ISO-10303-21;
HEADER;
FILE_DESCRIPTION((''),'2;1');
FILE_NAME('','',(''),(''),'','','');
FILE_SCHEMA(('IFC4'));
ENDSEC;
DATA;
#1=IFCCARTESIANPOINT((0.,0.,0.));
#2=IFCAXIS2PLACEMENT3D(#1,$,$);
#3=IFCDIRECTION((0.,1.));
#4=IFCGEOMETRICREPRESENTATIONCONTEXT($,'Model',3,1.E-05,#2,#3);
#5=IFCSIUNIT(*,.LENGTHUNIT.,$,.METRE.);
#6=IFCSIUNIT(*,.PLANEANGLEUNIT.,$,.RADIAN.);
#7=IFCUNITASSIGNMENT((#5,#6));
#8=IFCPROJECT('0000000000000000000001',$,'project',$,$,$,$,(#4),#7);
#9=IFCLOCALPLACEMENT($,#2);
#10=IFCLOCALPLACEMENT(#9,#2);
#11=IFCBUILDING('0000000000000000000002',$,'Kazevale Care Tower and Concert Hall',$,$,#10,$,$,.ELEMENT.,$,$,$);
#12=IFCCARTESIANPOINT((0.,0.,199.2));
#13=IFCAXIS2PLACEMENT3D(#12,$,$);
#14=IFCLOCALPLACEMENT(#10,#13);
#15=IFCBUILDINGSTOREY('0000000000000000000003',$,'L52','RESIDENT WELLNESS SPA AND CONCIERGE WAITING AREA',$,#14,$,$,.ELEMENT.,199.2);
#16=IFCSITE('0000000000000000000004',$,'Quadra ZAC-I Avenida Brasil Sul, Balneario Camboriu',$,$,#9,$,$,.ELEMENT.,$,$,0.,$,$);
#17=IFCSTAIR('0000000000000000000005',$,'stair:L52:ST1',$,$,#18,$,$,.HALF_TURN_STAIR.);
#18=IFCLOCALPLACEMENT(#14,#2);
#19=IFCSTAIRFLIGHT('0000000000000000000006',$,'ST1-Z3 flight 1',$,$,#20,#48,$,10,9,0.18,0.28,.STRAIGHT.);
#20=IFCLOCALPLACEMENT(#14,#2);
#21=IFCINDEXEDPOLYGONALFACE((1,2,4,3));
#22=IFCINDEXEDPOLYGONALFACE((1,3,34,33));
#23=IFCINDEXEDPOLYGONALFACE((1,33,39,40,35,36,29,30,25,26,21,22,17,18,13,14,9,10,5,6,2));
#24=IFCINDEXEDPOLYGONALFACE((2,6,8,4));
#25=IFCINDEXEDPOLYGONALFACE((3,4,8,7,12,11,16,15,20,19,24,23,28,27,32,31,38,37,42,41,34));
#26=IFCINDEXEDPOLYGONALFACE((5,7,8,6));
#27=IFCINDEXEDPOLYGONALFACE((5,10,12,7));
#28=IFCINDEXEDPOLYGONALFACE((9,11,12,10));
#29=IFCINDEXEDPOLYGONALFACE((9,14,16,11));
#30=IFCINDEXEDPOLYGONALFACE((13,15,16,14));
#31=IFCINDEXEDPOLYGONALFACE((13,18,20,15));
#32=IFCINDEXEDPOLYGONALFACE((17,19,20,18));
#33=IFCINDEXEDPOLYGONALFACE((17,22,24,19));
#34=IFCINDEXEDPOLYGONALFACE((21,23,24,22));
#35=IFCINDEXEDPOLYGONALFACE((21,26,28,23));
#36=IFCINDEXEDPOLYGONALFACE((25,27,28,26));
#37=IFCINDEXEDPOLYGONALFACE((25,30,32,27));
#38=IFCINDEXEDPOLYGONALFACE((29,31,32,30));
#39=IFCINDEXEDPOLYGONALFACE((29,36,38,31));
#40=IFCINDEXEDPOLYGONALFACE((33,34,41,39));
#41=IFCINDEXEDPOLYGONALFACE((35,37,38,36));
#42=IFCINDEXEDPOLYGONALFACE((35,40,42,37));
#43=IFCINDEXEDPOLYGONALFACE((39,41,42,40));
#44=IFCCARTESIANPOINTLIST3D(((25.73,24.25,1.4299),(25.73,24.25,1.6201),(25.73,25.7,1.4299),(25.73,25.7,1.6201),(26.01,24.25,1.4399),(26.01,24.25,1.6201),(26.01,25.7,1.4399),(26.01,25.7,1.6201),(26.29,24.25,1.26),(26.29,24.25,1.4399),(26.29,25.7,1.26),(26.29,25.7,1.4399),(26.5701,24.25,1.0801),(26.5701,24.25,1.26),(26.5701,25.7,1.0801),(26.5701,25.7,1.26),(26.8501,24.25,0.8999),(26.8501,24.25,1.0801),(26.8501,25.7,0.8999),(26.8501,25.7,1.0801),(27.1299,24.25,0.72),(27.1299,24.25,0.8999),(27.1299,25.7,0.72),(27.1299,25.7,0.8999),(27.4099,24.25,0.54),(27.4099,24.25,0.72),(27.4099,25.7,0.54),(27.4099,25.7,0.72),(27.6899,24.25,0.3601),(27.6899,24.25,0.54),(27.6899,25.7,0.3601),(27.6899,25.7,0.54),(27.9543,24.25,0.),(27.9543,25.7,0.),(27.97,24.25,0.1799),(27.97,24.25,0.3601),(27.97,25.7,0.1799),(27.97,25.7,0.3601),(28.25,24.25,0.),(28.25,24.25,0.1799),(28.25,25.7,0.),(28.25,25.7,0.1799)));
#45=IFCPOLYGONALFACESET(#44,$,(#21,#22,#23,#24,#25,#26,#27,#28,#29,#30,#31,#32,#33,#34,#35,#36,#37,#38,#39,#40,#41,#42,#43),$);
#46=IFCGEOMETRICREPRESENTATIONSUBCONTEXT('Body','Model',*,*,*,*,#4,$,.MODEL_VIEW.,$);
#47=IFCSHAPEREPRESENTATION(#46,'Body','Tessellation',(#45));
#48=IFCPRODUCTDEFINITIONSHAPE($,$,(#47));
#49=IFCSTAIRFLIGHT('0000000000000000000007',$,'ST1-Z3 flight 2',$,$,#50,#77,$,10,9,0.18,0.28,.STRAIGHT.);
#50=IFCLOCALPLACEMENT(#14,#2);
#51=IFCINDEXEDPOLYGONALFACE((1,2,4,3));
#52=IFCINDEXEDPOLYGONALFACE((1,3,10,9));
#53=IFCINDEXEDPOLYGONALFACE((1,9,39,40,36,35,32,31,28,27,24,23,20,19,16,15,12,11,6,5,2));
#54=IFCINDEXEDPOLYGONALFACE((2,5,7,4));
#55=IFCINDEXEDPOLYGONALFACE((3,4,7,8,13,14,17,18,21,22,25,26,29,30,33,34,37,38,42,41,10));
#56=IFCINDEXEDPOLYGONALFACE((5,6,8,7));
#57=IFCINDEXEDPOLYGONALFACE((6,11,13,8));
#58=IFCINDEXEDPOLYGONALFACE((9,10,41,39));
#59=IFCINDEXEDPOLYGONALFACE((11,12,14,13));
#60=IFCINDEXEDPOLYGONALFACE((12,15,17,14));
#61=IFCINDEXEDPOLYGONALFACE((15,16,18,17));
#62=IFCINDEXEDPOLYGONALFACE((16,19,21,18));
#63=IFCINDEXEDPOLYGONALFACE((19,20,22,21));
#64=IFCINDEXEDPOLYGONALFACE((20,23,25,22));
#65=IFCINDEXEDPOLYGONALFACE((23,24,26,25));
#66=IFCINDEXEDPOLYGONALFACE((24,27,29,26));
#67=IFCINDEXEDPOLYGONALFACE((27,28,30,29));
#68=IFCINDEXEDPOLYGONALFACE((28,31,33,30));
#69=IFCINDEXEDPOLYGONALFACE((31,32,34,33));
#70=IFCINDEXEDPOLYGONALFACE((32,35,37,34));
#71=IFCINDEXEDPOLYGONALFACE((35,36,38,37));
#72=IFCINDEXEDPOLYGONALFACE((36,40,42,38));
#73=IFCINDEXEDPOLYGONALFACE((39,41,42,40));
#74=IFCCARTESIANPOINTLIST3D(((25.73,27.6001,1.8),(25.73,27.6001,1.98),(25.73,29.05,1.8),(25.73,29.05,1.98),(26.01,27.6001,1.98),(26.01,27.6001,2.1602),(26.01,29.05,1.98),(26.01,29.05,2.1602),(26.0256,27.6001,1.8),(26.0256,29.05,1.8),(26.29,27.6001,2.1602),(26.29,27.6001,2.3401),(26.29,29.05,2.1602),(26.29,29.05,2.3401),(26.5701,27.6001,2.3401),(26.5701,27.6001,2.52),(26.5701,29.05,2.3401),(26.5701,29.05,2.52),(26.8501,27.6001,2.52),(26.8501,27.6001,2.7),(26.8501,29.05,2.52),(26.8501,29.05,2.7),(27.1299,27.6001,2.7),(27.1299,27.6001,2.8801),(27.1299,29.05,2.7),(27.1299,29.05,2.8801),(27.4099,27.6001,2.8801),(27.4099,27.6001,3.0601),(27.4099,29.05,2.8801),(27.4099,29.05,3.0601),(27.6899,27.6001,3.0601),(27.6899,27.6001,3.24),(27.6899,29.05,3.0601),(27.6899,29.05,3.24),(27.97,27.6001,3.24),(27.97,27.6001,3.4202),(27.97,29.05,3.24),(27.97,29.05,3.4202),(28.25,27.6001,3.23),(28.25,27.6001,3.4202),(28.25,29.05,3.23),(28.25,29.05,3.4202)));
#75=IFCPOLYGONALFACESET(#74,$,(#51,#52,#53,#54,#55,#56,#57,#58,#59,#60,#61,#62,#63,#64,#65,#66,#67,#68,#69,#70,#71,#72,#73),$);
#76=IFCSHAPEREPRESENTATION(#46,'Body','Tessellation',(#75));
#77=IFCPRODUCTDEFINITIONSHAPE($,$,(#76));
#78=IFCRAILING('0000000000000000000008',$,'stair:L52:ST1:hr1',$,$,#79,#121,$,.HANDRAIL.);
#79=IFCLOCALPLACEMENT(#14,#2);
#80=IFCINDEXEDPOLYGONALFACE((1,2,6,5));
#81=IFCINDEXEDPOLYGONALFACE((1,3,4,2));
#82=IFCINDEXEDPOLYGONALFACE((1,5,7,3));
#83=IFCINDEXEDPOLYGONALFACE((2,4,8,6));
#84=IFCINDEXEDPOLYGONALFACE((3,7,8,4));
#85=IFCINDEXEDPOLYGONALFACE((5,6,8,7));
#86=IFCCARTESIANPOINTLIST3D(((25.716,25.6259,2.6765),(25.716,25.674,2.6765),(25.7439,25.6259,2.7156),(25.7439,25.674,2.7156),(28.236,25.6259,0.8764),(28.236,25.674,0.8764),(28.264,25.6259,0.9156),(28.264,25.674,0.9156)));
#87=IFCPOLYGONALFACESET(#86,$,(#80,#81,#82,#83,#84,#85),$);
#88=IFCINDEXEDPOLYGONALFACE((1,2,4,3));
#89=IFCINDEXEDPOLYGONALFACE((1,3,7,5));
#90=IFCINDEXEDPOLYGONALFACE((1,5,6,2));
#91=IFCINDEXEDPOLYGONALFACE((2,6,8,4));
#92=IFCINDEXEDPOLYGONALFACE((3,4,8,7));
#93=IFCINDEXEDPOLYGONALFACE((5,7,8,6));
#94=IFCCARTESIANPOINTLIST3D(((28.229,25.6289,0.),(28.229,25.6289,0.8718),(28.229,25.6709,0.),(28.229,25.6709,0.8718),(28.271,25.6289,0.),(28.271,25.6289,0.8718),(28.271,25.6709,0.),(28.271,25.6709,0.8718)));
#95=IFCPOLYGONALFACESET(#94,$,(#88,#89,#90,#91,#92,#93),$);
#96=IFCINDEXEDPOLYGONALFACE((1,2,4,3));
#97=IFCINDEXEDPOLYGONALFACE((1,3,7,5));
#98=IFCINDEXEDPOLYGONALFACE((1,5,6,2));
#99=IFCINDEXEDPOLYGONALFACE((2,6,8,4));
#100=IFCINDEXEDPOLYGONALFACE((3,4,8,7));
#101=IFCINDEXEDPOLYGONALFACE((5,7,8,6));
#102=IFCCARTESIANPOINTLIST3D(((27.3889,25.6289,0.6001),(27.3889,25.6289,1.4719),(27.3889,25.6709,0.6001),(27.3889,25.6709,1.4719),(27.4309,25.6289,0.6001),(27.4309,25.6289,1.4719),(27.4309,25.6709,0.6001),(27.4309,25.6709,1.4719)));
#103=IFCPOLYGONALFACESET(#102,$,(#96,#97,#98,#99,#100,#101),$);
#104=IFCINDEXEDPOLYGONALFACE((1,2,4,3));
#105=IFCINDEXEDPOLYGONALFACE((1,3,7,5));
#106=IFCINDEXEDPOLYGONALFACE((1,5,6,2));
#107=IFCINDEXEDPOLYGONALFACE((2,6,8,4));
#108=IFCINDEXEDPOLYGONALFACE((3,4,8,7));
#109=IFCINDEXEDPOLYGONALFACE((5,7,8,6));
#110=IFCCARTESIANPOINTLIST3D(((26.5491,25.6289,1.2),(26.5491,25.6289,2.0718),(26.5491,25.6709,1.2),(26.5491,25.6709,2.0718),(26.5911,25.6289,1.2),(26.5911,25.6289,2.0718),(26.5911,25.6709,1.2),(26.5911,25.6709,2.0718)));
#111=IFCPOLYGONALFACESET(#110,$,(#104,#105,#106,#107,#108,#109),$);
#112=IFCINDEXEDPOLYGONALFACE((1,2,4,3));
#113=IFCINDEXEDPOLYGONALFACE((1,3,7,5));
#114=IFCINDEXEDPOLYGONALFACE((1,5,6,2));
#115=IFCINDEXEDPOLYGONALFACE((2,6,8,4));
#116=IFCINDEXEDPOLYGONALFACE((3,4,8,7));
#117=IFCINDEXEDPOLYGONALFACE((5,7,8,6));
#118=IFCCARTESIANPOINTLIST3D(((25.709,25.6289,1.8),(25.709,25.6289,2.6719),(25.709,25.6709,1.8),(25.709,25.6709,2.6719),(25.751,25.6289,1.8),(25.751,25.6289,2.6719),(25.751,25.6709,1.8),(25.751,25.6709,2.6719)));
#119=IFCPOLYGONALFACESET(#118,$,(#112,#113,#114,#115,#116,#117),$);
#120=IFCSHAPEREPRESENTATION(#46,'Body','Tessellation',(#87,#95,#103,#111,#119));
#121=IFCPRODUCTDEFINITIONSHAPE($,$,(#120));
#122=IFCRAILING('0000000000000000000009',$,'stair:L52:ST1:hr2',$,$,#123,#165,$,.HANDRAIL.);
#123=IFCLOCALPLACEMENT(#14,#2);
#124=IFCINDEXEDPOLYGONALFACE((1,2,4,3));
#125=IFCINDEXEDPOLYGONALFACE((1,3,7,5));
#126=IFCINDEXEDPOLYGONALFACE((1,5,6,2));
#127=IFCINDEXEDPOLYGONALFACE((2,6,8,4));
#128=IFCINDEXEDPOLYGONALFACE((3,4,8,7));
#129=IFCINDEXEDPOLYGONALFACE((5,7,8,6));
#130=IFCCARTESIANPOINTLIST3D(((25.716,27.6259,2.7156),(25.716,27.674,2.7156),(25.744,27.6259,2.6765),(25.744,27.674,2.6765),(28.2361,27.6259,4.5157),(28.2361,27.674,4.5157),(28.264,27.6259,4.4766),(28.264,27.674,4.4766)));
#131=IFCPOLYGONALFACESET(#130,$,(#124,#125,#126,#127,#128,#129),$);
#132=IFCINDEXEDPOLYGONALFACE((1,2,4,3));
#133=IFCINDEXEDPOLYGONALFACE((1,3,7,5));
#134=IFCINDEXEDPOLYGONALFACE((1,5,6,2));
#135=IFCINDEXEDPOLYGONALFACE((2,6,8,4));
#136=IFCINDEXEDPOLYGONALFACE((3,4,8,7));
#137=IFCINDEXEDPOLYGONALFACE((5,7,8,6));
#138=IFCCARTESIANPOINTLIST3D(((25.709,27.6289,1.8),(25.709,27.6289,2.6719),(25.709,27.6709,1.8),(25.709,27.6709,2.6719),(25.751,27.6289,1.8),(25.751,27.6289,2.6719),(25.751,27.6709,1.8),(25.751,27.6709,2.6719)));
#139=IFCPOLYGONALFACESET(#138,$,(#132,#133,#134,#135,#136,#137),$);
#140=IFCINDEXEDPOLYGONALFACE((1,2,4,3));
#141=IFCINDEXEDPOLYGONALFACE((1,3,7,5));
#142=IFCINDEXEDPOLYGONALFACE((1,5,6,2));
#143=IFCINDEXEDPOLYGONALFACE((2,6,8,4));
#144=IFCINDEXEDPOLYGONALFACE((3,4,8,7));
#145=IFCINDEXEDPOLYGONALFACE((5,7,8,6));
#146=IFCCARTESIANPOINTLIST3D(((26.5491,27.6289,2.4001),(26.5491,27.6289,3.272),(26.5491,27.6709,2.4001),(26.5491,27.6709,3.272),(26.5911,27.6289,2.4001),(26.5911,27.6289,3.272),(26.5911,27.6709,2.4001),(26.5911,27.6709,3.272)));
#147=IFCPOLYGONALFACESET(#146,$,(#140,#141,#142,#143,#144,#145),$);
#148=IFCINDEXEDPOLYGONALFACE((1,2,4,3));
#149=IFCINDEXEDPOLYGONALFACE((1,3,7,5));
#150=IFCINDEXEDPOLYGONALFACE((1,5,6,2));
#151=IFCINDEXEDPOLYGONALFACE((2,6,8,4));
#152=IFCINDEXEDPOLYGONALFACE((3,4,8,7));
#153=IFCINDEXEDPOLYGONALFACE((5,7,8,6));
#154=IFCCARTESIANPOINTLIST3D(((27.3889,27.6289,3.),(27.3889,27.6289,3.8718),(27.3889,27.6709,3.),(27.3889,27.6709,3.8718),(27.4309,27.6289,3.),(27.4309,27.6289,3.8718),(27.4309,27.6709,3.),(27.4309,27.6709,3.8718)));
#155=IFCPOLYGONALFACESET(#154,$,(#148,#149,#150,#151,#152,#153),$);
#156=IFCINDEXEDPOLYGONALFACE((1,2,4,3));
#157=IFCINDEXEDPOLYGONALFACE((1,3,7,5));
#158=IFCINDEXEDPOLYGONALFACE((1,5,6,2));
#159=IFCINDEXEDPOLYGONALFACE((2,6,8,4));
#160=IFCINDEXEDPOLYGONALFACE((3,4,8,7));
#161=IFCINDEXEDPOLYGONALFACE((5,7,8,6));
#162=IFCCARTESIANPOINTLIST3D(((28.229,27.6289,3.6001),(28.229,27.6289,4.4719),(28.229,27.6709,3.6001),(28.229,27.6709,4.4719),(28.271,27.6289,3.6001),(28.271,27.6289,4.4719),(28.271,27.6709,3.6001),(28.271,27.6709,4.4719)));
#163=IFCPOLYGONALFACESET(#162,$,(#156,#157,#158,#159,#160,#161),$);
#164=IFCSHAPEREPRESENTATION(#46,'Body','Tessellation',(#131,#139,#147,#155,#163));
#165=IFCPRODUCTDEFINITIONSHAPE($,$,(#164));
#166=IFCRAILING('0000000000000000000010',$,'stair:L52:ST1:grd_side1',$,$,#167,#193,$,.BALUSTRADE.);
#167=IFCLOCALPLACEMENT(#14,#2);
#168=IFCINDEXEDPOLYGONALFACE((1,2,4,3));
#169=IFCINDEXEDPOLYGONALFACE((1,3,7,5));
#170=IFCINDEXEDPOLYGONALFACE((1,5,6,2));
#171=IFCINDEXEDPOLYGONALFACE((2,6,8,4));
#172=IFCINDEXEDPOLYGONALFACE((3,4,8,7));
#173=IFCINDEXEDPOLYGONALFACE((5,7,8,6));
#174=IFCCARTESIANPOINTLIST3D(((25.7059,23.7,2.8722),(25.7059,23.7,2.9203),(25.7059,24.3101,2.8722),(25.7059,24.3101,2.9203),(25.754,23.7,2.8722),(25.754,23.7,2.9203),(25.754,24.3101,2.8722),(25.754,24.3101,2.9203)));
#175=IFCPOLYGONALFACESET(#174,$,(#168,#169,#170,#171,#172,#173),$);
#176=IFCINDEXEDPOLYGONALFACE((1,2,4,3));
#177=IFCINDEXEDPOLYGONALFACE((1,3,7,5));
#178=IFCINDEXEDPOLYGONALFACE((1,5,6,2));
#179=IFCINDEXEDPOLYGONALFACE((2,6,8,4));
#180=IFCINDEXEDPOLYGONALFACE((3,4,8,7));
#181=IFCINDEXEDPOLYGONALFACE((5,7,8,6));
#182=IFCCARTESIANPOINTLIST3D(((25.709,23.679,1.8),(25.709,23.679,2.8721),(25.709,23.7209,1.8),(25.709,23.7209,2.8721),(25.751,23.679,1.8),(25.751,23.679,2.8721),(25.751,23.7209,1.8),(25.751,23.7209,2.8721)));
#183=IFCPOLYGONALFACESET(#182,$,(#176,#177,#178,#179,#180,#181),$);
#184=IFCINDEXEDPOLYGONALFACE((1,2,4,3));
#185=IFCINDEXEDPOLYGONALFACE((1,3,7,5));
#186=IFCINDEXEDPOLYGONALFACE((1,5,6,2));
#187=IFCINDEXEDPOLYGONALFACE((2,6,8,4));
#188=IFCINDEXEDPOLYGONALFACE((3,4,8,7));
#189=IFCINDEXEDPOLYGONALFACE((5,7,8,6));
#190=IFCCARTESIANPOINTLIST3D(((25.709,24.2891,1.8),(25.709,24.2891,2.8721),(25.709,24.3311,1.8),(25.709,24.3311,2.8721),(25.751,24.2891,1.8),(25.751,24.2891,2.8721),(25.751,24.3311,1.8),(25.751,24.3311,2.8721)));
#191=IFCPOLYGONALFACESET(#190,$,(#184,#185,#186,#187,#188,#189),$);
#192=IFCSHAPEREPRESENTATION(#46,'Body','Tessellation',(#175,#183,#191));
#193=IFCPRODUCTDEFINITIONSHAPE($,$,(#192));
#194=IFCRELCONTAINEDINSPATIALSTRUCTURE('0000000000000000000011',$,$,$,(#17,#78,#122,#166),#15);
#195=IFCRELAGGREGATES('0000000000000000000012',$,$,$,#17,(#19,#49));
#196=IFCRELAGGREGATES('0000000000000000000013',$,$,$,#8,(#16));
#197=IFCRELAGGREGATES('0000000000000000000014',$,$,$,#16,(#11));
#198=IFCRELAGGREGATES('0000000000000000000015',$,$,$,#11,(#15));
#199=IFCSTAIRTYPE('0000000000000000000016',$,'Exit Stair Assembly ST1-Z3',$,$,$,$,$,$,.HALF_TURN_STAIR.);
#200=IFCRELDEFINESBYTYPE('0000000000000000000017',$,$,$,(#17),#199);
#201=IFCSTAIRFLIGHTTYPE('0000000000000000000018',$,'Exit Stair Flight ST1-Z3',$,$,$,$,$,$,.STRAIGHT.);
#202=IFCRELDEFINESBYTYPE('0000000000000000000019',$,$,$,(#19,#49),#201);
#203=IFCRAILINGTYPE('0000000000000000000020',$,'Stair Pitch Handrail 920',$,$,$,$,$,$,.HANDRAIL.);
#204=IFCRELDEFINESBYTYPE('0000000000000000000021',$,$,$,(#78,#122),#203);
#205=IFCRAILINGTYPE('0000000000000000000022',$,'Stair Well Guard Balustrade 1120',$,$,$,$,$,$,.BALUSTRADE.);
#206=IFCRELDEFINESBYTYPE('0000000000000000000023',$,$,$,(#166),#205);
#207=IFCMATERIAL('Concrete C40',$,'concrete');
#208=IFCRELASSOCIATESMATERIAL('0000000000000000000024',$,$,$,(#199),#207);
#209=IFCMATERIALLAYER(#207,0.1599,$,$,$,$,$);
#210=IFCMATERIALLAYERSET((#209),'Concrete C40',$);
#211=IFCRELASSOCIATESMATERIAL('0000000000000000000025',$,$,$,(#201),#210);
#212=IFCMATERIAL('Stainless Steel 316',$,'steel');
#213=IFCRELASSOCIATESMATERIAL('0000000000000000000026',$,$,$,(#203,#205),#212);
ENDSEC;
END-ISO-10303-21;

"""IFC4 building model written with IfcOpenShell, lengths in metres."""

from ifc_helpers import new_model, si_unit, direction, frame, origin, origin_2d, place, context, subcontext, project, spatial, polyline, rectangle, outline, extrude, material, layer, layer_set, type_object, element, aggregate, save


model = new_model("IFC4")

# Units and contexts
model_context = context("Model", 3, precision=1e-05, world=origin(), true_north=direction((0.0, 1.0)))
body_context = subcontext(model_context, "Body", "Model", "MODEL_VIEW")
ifc_project = project(units=[si_unit("LENGTHUNIT", "METRE"), si_unit("PLANEANGLEUNIT", "RADIAN")], contexts=[model_context])

# Site, building, storey
site_placement = place(None, origin())
site = spatial("IfcSite", under=ifc_project, at=site_placement, Name="Quadra ZAC-I Avenida Brasil Sul, Balneario Camboriu", CompositionType="ELEMENT", RefElevation=0.0)
building_placement = place(site_placement, origin())
building = spatial("IfcBuilding", under=site, at=building_placement, Name="Kazevale Care Tower and Concert Hall", CompositionType="ELEMENT")
storey_placement = place(building_placement, frame((0.0, 0.0, 199.2)))
storey = spatial("IfcBuildingStorey", under=building, at=storey_placement, Name="L52", Description="RESIDENT WELLNESS SPA AND CONCIERGE WAITING AREA", CompositionType="ELEMENT", Elevation=199.2)

# Shared definitions
ifc_material_1 = material(Name="Concrete C40", Category="concrete")
ifc_material_2 = material(Name="Stainless Steel 316", Category="steel")

# Stair, stair flights
stair_type = type_object("IfcStairType", Name="Exit Stair Assembly ST1-Z3", PredefinedType="HALF_TURN_STAIR", material=ifc_material_1)
stair_placement = place(storey_placement, origin())
stair = element("IfcStair", 1, at=stair_placement, inside=storey, type_object=stair_type, Name="stair:L52:ST1", PredefinedType="HALF_TURN_STAIR")
ifc_layer_1 = layer(ifc_material_1, 0.1599)
ifc_layer_set_1 = layer_set([ifc_layer_1], Name="Concrete C40")
stair_flight_type = type_object("IfcStairFlightType", Name="Exit Stair Flight ST1-Z3", PredefinedType="STRAIGHT", material=ifc_layer_set_1)
stair_flight_1_placement = place(storey_placement, frame((28.25, 24.9751, 0.0), z_axis=(0.0, 0.0, 1.0), x_axis=(-1.0, 0.0, 0.0)))
stair_flight_1 = element("IfcStairFlight", 2, at=stair_flight_1_placement, type_object=stair_flight_type, Name="ST1-Z3 flight 1", NumberOfRisers=10, NumberOfTreads=9, PredefinedType="STRAIGHT", RiserHeight=0.18, TreadLength=0.28, context=body_context, shape_type="SweptSolid", body=[
    extrude(outline(polyline([(0.0, 0.0), (0.0, 0.1799), (0.28, 0.1799), (0.28, 0.3601), (0.5601, 0.3601), (0.5601, 0.54), (0.8401, 0.54), (0.8401, 0.72), (1.1201, 0.72), (1.1201, 0.8999), (1.3999, 0.8999), (1.3999, 1.0801), (1.6799, 1.0801), (1.6799, 1.26), (1.96, 1.26), (1.96, 1.4399), (2.24, 1.4399), (2.24, 1.6201), (2.52, 1.6201), (2.52, 1.8), (2.52, 1.4299), (0.2957, 0.0), (0.0, 0.0)])), frame((0.0, 0.7251, 0.0), z_axis=(0.0, -1.0, 0.0), x_axis=(1.0, 0.0, 0.0)), (0.0, 0.0, 1.0), 1.45),
])
stair_flight_2_placement = place(storey_placement, frame((25.73, 28.325, 1.8), z_axis=(0.0, 0.0, 1.0), x_axis=(1.0, 0.0, 0.0)))
stair_flight_2 = element("IfcStairFlight", 3, at=stair_flight_2_placement, type_object=stair_flight_type, Name="ST1-Z3 flight 2", NumberOfRisers=10, NumberOfTreads=9, PredefinedType="STRAIGHT", RiserHeight=0.18, TreadLength=0.28, context=body_context, shape_type="SweptSolid", body=[
    extrude(outline(polyline([(0.0, 0.0), (0.0, 0.1799), (0.28, 0.1799), (0.28, 0.3601), (0.5601, 0.3601), (0.5601, 0.54), (0.8401, 0.54), (0.8401, 0.72), (1.1201, 0.72), (1.1201, 0.8999), (1.3999, 0.8999), (1.3999, 1.0801), (1.6799, 1.0801), (1.6799, 1.26), (1.96, 1.26), (1.96, 1.4399), (2.24, 1.4399), (2.24, 1.6201), (2.52, 1.6201), (2.52, 1.8), (2.52, 1.4299), (0.2957, 0.0), (0.0, 0.0)])), frame((0.0, 0.7251, 0.0), z_axis=(0.0, -1.0, 0.0), x_axis=(1.0, 0.0, 0.0)), (0.0, 0.0, 1.0), 1.45),
])
aggregate(stair, [stair_flight_1, stair_flight_2])

# Railings
railing_type_1 = type_object("IfcRailingType", Name="Stair Pitch Handrail 920", PredefinedType="HANDRAIL", material=ifc_material_2)
railing_1_placement = place(storey_placement, frame((28.25, 25.6499, 0.0)))
element("IfcRailing", 4, at=railing_1_placement, inside=storey, type_object=railing_type_1, Name="stair:L52:ST1:hr1", PredefinedType="HANDRAIL", context=body_context, shape_type="SweptSolid", body=[
    extrude(rectangle(XDim=0.0481, YDim=0.0481, at=origin_2d()), frame((0.0, 0.0, 0.896), z_axis=(-0.813728, 0.0, 0.581246), x_axis=(0.0, -1.0, 0.0)), (0.0, 0.0, 1.0), 3.0969),
    extrude(rectangle(XDim=0.042, YDim=0.042, at=origin_2d()), origin(), (0.0, 0.0, 1.0), 0.8718),
    extrude(rectangle(XDim=0.042, YDim=0.042, at=origin_2d()), frame((-0.8401, 0.0, 0.6001)), (0.0, 0.0, 1.0), 0.8718),
    extrude(rectangle(XDim=0.042, YDim=0.042, at=origin_2d()), frame((-1.6799, 0.0, 1.2)), (0.0, 0.0, 1.0), 0.8718),
    extrude(rectangle(XDim=0.042, YDim=0.042, at=origin_2d()), frame((-2.52, 0.0, 1.8)), (0.0, 0.0, 1.0), 0.8718),
])
railing_2_placement = place(storey_placement, frame((25.73, 27.6499, 1.8)))
element("IfcRailing", 5, at=railing_2_placement, inside=storey, type_object=railing_type_1, Name="stair:L52:ST1:hr2", PredefinedType="HANDRAIL", context=body_context, shape_type="SweptSolid", body=[
    extrude(rectangle(XDim=0.0481, YDim=0.0481, at=origin_2d()), frame((0.0, 0.0, 0.896), z_axis=(0.813728, 0.0, 0.581246), x_axis=(0.0, 1.0, 0.0)), (0.0, 0.0, 1.0), 3.0969),
    extrude(rectangle(XDim=0.042, YDim=0.042, at=origin_2d()), origin(), (0.0, 0.0, 1.0), 0.8718),
    extrude(rectangle(XDim=0.042, YDim=0.042, at=origin_2d()), frame((0.8401, 0.0, 0.6001)), (0.0, 0.0, 1.0), 0.8718),
    extrude(rectangle(XDim=0.042, YDim=0.042, at=origin_2d()), frame((1.6799, 0.0, 1.2)), (0.0, 0.0, 1.0), 0.8718),
    extrude(rectangle(XDim=0.042, YDim=0.042, at=origin_2d()), frame((2.52, 0.0, 1.8)), (0.0, 0.0, 1.0), 0.8718),
])
railing_type_2 = type_object("IfcRailingType", Name="Stair Well Guard Balustrade 1120", PredefinedType="BALUSTRADE", material=ifc_material_2)
railing_3_placement = place(storey_placement, frame((25.73, 23.7, 1.8)))
element("IfcRailing", 6, at=railing_3_placement, inside=storey, type_object=railing_type_2, Name="stair:L52:ST1:grd_side1", PredefinedType="BALUSTRADE", context=body_context, shape_type="SweptSolid", body=[
    extrude(rectangle(XDim=0.0481, YDim=0.0481, at=origin_2d()), frame((0.0, 0.0, 1.0962), z_axis=(0.0, 1.0, 0.0), x_axis=(-1.0, 0.0, 0.0)), (0.0, 0.0, 1.0), 0.6101),
    extrude(rectangle(XDim=0.042, YDim=0.042, at=origin_2d()), origin(), (0.0, 0.0, 1.0), 1.072),
    extrude(rectangle(XDim=0.042, YDim=0.042, at=origin_2d()), frame((0.0, 0.6101, 0.0)), (0.0, 0.0, 1.0), 1.072),
])

save(model, "model.ifc")
